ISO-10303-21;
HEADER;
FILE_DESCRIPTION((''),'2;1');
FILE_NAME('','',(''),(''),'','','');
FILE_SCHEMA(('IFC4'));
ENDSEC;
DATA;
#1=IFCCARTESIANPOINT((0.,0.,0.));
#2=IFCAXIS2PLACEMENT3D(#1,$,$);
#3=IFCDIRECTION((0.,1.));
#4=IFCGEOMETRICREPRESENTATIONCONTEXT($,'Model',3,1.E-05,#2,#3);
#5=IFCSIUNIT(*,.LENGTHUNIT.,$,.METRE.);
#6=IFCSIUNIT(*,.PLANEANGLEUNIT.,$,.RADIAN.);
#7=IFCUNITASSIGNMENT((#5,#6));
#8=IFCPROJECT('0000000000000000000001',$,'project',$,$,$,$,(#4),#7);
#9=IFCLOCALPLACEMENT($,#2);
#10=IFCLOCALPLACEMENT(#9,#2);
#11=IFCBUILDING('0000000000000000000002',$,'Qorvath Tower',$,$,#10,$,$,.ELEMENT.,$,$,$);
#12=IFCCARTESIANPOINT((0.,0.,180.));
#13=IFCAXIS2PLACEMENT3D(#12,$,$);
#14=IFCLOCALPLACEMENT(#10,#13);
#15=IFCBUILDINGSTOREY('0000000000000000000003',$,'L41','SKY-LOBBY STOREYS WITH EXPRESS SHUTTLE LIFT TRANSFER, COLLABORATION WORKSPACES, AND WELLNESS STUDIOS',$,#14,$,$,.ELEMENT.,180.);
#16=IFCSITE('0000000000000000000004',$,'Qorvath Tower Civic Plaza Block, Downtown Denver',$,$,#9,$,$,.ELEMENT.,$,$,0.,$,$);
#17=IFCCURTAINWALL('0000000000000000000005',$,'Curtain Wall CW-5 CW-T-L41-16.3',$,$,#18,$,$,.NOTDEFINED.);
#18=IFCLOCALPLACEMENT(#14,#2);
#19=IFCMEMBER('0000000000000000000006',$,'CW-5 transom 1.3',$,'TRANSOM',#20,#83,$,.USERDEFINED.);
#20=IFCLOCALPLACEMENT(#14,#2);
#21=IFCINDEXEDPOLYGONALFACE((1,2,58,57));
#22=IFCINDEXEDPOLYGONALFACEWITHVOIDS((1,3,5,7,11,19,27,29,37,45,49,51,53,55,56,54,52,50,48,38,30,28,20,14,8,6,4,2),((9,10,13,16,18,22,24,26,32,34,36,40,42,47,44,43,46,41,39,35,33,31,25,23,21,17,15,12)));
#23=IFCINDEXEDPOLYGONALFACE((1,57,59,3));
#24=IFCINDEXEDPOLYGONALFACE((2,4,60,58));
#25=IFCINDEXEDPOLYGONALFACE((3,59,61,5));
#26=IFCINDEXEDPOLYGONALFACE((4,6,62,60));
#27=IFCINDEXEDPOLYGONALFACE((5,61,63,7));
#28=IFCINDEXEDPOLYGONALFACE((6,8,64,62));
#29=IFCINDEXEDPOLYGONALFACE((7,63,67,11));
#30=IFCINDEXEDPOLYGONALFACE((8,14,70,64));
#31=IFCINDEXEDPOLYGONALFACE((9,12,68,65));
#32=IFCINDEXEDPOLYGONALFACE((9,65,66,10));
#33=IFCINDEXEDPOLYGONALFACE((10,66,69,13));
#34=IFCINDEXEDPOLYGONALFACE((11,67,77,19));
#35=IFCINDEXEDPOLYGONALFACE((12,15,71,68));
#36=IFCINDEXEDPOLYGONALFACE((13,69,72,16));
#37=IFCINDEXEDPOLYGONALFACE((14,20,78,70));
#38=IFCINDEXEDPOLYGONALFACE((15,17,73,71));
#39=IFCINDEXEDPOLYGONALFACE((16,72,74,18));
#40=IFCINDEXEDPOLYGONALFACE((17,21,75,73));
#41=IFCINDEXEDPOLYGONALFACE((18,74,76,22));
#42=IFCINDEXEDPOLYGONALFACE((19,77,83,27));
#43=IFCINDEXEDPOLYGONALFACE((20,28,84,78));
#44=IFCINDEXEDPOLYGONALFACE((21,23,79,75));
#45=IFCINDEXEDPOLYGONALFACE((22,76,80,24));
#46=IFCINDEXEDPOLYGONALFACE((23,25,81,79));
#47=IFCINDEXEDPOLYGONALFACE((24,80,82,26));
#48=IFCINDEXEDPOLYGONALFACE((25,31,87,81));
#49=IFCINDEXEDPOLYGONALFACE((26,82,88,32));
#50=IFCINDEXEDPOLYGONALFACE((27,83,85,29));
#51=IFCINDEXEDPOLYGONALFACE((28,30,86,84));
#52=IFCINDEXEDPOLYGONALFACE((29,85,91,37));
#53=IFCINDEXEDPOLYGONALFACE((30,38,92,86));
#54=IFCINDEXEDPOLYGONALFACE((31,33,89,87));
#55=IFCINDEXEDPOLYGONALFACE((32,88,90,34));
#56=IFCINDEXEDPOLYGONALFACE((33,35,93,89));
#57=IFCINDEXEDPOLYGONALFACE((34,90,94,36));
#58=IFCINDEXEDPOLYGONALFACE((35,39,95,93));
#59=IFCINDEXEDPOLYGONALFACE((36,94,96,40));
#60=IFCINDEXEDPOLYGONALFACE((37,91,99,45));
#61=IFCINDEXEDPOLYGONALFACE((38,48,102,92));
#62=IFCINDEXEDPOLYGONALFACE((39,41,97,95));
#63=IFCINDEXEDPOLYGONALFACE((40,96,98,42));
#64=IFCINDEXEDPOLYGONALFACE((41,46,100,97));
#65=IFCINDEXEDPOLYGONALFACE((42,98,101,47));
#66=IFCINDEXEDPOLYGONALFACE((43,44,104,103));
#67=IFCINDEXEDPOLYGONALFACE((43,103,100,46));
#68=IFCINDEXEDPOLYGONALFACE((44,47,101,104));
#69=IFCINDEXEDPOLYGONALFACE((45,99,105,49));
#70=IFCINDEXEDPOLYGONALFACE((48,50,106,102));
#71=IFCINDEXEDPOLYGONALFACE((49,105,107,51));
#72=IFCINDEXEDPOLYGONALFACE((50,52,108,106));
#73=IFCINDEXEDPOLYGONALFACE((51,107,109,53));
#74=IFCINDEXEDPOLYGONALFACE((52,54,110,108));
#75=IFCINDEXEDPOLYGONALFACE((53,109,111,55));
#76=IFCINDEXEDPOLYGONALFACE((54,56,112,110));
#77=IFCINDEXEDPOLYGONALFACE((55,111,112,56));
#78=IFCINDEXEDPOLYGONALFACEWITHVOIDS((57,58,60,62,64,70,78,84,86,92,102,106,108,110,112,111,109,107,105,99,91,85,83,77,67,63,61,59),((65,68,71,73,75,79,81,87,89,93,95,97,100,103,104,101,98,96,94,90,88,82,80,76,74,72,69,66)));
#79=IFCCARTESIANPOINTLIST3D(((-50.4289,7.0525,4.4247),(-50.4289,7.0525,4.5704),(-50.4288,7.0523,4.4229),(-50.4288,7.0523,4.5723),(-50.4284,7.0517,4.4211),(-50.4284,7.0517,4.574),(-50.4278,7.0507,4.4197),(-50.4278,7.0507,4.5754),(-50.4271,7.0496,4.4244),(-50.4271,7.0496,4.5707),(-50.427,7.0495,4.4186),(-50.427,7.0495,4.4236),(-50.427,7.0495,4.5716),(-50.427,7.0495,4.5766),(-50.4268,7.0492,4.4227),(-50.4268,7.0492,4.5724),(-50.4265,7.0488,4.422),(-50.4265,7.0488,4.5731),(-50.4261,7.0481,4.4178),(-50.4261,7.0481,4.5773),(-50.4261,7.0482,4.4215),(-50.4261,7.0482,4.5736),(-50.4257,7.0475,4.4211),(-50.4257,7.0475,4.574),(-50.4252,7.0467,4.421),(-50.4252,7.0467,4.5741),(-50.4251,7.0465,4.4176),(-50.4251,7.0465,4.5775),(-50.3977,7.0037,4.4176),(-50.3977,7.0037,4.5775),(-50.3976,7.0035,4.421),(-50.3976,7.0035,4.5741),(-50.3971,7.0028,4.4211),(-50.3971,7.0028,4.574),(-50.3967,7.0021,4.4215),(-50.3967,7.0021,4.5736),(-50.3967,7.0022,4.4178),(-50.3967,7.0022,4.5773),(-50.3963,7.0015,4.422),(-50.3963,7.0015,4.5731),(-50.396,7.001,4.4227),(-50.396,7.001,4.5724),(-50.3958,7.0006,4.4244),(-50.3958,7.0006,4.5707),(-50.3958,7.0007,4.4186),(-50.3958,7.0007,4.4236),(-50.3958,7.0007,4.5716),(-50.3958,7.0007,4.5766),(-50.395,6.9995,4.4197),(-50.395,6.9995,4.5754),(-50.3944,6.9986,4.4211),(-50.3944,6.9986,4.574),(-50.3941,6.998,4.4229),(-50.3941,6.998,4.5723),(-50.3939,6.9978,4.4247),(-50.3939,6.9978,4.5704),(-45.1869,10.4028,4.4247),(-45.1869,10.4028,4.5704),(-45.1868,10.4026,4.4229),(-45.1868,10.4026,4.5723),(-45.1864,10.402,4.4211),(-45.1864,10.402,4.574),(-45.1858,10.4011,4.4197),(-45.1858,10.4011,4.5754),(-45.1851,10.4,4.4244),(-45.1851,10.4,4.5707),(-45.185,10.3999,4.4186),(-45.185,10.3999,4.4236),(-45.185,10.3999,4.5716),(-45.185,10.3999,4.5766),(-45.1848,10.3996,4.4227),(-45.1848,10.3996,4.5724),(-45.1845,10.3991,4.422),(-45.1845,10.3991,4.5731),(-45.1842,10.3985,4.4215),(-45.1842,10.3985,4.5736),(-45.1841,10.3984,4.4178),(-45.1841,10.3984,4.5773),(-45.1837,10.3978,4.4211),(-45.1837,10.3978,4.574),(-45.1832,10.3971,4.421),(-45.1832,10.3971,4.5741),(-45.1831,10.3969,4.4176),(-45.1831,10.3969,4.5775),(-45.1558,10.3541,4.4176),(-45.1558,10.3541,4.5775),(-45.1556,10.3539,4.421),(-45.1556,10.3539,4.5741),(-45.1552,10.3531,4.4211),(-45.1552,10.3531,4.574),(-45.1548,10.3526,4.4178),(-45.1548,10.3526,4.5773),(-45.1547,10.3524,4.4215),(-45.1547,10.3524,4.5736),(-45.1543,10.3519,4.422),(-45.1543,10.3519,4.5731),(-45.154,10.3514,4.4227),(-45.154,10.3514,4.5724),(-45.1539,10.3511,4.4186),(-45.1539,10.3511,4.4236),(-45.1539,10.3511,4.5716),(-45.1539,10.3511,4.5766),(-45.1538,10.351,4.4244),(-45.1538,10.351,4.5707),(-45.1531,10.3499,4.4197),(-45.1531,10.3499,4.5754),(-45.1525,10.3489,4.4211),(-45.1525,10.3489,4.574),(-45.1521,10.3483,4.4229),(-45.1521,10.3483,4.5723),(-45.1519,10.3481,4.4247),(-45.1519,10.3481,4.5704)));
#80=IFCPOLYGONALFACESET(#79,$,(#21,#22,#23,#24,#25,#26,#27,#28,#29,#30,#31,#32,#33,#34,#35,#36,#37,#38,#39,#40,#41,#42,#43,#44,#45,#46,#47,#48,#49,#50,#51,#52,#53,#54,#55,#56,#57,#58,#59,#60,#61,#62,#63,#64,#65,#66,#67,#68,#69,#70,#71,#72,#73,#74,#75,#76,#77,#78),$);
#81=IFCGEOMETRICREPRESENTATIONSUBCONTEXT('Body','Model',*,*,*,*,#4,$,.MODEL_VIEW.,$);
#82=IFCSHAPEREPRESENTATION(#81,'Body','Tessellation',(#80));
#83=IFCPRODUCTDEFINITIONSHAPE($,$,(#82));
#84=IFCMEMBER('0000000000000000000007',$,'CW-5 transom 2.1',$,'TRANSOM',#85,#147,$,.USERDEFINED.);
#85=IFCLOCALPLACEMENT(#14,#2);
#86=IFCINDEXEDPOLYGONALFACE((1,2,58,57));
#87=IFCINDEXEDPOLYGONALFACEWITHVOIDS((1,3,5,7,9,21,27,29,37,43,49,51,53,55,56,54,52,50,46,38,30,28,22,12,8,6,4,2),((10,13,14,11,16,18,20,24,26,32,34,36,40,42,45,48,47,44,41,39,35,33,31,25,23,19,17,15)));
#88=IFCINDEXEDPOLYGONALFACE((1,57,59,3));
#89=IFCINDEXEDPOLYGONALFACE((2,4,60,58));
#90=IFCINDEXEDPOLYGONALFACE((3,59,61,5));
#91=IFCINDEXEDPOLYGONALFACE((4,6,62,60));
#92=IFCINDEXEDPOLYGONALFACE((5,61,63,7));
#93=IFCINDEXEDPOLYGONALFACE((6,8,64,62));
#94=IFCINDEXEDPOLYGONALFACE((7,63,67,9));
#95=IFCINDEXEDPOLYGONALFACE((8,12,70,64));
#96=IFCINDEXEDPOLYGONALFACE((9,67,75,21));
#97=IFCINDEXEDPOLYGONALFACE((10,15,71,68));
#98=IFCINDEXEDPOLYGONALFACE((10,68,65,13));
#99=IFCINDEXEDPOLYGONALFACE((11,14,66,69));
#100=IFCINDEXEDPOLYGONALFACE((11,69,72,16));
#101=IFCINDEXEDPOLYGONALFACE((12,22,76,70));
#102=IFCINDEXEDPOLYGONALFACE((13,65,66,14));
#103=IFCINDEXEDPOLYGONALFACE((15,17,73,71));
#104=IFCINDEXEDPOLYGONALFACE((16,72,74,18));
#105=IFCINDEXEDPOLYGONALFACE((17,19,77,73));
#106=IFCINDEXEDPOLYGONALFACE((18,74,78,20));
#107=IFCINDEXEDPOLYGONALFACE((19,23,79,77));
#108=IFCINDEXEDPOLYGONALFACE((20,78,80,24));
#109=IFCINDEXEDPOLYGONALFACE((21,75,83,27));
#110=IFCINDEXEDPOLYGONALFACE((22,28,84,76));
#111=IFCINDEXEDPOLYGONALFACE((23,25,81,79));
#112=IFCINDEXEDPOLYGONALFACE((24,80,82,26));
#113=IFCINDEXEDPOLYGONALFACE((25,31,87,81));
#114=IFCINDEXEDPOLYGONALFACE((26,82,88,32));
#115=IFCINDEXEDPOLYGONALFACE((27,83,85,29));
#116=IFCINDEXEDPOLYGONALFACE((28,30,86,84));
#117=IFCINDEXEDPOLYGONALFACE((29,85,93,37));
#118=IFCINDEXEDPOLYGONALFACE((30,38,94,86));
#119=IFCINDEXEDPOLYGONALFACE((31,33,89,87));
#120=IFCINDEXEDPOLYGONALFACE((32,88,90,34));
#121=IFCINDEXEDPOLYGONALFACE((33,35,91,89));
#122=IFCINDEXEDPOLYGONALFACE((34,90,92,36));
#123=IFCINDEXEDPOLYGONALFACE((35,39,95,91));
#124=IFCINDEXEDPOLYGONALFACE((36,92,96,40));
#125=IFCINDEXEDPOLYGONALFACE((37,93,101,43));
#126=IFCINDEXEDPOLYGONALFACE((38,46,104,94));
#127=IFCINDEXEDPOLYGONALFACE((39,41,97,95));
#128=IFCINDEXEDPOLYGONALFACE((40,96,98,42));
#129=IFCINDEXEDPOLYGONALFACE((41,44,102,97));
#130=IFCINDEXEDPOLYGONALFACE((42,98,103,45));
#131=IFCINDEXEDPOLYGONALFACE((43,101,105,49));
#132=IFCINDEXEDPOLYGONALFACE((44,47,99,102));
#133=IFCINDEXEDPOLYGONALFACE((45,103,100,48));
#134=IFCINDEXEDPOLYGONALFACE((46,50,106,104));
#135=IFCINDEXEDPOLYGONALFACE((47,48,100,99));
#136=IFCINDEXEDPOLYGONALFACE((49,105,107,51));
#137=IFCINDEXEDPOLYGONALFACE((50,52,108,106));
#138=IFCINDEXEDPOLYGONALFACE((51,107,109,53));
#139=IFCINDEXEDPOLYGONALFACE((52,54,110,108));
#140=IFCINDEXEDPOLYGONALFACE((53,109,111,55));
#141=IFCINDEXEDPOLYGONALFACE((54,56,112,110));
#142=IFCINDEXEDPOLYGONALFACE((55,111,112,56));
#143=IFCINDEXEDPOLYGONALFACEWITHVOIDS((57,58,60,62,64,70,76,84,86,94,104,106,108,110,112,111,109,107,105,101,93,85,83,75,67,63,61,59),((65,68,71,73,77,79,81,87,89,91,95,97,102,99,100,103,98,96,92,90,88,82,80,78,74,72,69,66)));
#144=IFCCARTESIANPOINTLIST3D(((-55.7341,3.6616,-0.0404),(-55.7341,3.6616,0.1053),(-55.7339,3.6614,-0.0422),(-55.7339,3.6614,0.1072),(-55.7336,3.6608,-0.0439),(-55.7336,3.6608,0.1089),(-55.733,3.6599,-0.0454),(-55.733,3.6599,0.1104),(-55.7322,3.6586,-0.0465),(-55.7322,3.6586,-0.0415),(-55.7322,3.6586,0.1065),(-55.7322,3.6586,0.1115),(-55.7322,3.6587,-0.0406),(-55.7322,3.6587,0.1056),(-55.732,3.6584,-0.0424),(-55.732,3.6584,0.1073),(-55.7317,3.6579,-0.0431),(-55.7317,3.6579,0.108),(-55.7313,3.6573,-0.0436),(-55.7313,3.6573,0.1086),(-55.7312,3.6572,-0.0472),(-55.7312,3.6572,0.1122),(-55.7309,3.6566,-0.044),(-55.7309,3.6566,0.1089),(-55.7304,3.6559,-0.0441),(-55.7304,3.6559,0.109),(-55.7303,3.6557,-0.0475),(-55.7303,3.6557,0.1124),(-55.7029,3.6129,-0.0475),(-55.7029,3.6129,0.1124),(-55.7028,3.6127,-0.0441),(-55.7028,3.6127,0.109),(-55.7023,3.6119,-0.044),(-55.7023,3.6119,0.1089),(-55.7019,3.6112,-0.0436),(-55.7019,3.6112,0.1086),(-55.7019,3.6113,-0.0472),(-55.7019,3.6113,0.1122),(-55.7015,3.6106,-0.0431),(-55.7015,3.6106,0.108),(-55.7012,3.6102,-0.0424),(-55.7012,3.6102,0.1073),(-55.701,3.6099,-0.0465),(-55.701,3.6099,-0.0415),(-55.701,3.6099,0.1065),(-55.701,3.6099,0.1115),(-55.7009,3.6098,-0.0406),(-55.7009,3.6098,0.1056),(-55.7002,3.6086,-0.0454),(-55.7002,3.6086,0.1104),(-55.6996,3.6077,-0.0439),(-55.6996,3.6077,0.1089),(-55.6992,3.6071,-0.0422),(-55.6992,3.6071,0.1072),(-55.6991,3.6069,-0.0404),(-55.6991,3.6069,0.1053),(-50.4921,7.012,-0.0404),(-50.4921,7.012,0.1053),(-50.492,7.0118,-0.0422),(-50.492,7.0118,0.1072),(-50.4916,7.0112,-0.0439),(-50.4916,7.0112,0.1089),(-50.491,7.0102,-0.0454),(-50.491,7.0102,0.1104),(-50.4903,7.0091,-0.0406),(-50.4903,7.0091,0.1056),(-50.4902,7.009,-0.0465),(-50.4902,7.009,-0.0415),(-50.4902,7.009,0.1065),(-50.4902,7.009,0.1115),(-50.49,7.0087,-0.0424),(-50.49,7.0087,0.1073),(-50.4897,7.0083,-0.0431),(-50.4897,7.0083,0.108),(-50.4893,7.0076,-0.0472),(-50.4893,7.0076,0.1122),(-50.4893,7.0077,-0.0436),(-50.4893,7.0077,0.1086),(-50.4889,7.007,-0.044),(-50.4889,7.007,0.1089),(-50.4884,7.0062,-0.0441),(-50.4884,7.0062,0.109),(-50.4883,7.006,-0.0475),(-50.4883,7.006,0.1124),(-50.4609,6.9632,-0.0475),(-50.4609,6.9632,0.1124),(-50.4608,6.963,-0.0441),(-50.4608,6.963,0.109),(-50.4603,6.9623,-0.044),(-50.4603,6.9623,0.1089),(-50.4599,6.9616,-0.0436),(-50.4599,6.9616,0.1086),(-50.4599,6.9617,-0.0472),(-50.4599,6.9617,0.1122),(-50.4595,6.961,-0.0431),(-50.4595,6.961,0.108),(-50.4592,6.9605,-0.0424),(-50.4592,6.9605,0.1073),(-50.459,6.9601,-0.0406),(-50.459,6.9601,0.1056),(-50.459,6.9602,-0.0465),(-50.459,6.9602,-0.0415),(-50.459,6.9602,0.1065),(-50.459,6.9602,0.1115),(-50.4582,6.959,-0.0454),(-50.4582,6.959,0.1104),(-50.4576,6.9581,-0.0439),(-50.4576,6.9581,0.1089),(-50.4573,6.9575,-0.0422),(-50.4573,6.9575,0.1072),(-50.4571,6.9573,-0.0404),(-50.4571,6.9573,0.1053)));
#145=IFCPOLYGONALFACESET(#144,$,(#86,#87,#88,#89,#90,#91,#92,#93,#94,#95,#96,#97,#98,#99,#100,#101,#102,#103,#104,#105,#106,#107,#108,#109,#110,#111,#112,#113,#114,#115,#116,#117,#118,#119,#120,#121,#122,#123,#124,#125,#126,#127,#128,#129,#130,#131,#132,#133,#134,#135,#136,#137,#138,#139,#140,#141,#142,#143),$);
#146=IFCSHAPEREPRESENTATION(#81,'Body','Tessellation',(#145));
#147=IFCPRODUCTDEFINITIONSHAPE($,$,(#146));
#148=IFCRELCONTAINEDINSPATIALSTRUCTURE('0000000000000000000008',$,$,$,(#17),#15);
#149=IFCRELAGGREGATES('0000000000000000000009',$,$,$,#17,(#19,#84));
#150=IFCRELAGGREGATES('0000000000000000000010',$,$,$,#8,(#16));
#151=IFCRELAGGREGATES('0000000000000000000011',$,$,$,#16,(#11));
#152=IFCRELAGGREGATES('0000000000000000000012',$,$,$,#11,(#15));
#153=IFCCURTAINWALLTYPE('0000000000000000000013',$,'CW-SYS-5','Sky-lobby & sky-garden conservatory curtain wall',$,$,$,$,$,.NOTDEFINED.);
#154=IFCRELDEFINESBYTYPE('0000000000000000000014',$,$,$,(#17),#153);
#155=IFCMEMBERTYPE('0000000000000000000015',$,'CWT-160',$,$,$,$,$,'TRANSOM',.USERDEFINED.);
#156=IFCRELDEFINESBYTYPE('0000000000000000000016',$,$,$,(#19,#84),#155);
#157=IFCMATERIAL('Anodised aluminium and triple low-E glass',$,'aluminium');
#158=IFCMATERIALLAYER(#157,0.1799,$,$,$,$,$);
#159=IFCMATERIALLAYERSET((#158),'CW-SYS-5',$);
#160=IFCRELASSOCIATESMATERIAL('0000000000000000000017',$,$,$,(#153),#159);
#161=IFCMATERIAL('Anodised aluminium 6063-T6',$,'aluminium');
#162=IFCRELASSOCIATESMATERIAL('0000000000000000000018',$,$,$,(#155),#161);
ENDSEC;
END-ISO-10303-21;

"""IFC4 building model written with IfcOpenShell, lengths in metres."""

from ifc_helpers import new_model, si_unit, direction, frame, origin, origin_2d, place, context, subcontext, project, spatial, hollow_rectangle, extrude, material, layer, layer_set, material_profile, profile_set, type_object, element, aggregate, save


model = new_model("IFC4")

# Units and contexts
model_context = context("Model", 3, precision=1e-05, world=origin(), true_north=direction((0.0, 1.0)))
body_context = subcontext(model_context, "Body", "Model", "MODEL_VIEW")
ifc_project = project(units=[si_unit("LENGTHUNIT", "METRE"), si_unit("PLANEANGLEUNIT", "RADIAN")], contexts=[model_context])

# Site, building, storey
site_placement = place(None, origin())
site = spatial("IfcSite", under=ifc_project, at=site_placement, Name="Qorvath Tower Civic Plaza Block, Downtown Denver", CompositionType="ELEMENT", RefElevation=0.0)
building_placement = place(site_placement, origin())
building = spatial("IfcBuilding", under=site, at=building_placement, Name="Qorvath Tower", CompositionType="ELEMENT")
storey_placement = place(building_placement, frame((0.0, 0.0, 180.0)))
storey = spatial("IfcBuildingStorey", under=building, at=storey_placement, Name="L41", Description="SKY-LOBBY STOREYS WITH EXPRESS SHUTTLE LIFT TRANSFER, COLLABORATION WORKSPACES, AND WELLNESS STUDIOS", CompositionType="ELEMENT", Elevation=180.0)

# Curtain wall
ifc_material_1 = material(Name="Anodised aluminium and triple low-E glass", Category="aluminium")
ifc_layer_1 = layer(ifc_material_1, 0.1799)
ifc_layer_set_1 = layer_set([ifc_layer_1], Name="CW-SYS-5")
curtain_wall_type = type_object("IfcCurtainWallType", Name="CW-SYS-5", Description="Sky-lobby & sky-garden conservatory curtain wall", PredefinedType="NOTDEFINED", material=ifc_layer_set_1)
curtain_wall_1_placement = place(storey_placement, origin())
curtain_wall_1 = element("IfcCurtainWall", 1, at=curtain_wall_1_placement, inside=storey, type_object=curtain_wall_type, Name="Curtain Wall CW-5 CW-T-L41-16.3", PredefinedType="NOTDEFINED")

# Members
ifc_material_2 = material(Name="Anodised aluminium 6063-T6", Category="aluminium")
ifc_material_profile_1 = material_profile(ifc_material_2, hollow_rectangle(XDim=0.0649, YDim=0.1599, WallThickness=0.0034, InnerFilletRadius=0.0034, OuterFilletRadius=0.0071, at=origin_2d()), Name="CWT 160x65")
ifc_profile_set_1 = profile_set([ifc_material_profile_1], Name="Anodised aluminium 6063-T6")
member_type_1 = type_object("IfcMemberType", Name="CWT-160", ElementType="TRANSOM", PredefinedType="USERDEFINED", material=ifc_profile_set_1)
member_1_placement = place(storey_placement, frame((-45.1694, 10.3755, 4.4976), z_axis=(-0.8426, -0.53854, 0.0), x_axis=(0.53854, -0.8426, 0.0)))
member_1 = element("IfcMember", 2, at=member_1_placement, type_object=member_type_1, Name="CW-5 transom 1.3", ObjectType="TRANSOM", PredefinedType="USERDEFINED", context=body_context, shape_type="SweptSolid", body=[
    extrude(hollow_rectangle(XDim=0.0649, YDim=0.1599, WallThickness=0.0034, InnerFilletRadius=0.0034, OuterFilletRadius=0.0071, at=origin_2d()), origin(), (0.0, 0.0, 1.0), 6.2212),
])
member_2_placement = place(storey_placement, frame((-50.4746, 6.9846, 0.0325), z_axis=(-0.8426, -0.53854, 0.0), x_axis=(0.53854, -0.8426, 0.0)))
member_2 = element("IfcMember", 3, at=member_2_placement, type_object=member_type_1, Name="CW-5 transom 2.1", ObjectType="TRANSOM", PredefinedType="USERDEFINED", context=body_context, shape_type="SweptSolid", body=[
    extrude(hollow_rectangle(XDim=0.0649, YDim=0.1599, WallThickness=0.0034, InnerFilletRadius=0.0034, OuterFilletRadius=0.0071, at=origin_2d()), origin(), (0.0, 0.0, 1.0), 6.2212),
])

aggregate(curtain_wall_1, [member_1, member_2])

save(model, "model.ifc")
